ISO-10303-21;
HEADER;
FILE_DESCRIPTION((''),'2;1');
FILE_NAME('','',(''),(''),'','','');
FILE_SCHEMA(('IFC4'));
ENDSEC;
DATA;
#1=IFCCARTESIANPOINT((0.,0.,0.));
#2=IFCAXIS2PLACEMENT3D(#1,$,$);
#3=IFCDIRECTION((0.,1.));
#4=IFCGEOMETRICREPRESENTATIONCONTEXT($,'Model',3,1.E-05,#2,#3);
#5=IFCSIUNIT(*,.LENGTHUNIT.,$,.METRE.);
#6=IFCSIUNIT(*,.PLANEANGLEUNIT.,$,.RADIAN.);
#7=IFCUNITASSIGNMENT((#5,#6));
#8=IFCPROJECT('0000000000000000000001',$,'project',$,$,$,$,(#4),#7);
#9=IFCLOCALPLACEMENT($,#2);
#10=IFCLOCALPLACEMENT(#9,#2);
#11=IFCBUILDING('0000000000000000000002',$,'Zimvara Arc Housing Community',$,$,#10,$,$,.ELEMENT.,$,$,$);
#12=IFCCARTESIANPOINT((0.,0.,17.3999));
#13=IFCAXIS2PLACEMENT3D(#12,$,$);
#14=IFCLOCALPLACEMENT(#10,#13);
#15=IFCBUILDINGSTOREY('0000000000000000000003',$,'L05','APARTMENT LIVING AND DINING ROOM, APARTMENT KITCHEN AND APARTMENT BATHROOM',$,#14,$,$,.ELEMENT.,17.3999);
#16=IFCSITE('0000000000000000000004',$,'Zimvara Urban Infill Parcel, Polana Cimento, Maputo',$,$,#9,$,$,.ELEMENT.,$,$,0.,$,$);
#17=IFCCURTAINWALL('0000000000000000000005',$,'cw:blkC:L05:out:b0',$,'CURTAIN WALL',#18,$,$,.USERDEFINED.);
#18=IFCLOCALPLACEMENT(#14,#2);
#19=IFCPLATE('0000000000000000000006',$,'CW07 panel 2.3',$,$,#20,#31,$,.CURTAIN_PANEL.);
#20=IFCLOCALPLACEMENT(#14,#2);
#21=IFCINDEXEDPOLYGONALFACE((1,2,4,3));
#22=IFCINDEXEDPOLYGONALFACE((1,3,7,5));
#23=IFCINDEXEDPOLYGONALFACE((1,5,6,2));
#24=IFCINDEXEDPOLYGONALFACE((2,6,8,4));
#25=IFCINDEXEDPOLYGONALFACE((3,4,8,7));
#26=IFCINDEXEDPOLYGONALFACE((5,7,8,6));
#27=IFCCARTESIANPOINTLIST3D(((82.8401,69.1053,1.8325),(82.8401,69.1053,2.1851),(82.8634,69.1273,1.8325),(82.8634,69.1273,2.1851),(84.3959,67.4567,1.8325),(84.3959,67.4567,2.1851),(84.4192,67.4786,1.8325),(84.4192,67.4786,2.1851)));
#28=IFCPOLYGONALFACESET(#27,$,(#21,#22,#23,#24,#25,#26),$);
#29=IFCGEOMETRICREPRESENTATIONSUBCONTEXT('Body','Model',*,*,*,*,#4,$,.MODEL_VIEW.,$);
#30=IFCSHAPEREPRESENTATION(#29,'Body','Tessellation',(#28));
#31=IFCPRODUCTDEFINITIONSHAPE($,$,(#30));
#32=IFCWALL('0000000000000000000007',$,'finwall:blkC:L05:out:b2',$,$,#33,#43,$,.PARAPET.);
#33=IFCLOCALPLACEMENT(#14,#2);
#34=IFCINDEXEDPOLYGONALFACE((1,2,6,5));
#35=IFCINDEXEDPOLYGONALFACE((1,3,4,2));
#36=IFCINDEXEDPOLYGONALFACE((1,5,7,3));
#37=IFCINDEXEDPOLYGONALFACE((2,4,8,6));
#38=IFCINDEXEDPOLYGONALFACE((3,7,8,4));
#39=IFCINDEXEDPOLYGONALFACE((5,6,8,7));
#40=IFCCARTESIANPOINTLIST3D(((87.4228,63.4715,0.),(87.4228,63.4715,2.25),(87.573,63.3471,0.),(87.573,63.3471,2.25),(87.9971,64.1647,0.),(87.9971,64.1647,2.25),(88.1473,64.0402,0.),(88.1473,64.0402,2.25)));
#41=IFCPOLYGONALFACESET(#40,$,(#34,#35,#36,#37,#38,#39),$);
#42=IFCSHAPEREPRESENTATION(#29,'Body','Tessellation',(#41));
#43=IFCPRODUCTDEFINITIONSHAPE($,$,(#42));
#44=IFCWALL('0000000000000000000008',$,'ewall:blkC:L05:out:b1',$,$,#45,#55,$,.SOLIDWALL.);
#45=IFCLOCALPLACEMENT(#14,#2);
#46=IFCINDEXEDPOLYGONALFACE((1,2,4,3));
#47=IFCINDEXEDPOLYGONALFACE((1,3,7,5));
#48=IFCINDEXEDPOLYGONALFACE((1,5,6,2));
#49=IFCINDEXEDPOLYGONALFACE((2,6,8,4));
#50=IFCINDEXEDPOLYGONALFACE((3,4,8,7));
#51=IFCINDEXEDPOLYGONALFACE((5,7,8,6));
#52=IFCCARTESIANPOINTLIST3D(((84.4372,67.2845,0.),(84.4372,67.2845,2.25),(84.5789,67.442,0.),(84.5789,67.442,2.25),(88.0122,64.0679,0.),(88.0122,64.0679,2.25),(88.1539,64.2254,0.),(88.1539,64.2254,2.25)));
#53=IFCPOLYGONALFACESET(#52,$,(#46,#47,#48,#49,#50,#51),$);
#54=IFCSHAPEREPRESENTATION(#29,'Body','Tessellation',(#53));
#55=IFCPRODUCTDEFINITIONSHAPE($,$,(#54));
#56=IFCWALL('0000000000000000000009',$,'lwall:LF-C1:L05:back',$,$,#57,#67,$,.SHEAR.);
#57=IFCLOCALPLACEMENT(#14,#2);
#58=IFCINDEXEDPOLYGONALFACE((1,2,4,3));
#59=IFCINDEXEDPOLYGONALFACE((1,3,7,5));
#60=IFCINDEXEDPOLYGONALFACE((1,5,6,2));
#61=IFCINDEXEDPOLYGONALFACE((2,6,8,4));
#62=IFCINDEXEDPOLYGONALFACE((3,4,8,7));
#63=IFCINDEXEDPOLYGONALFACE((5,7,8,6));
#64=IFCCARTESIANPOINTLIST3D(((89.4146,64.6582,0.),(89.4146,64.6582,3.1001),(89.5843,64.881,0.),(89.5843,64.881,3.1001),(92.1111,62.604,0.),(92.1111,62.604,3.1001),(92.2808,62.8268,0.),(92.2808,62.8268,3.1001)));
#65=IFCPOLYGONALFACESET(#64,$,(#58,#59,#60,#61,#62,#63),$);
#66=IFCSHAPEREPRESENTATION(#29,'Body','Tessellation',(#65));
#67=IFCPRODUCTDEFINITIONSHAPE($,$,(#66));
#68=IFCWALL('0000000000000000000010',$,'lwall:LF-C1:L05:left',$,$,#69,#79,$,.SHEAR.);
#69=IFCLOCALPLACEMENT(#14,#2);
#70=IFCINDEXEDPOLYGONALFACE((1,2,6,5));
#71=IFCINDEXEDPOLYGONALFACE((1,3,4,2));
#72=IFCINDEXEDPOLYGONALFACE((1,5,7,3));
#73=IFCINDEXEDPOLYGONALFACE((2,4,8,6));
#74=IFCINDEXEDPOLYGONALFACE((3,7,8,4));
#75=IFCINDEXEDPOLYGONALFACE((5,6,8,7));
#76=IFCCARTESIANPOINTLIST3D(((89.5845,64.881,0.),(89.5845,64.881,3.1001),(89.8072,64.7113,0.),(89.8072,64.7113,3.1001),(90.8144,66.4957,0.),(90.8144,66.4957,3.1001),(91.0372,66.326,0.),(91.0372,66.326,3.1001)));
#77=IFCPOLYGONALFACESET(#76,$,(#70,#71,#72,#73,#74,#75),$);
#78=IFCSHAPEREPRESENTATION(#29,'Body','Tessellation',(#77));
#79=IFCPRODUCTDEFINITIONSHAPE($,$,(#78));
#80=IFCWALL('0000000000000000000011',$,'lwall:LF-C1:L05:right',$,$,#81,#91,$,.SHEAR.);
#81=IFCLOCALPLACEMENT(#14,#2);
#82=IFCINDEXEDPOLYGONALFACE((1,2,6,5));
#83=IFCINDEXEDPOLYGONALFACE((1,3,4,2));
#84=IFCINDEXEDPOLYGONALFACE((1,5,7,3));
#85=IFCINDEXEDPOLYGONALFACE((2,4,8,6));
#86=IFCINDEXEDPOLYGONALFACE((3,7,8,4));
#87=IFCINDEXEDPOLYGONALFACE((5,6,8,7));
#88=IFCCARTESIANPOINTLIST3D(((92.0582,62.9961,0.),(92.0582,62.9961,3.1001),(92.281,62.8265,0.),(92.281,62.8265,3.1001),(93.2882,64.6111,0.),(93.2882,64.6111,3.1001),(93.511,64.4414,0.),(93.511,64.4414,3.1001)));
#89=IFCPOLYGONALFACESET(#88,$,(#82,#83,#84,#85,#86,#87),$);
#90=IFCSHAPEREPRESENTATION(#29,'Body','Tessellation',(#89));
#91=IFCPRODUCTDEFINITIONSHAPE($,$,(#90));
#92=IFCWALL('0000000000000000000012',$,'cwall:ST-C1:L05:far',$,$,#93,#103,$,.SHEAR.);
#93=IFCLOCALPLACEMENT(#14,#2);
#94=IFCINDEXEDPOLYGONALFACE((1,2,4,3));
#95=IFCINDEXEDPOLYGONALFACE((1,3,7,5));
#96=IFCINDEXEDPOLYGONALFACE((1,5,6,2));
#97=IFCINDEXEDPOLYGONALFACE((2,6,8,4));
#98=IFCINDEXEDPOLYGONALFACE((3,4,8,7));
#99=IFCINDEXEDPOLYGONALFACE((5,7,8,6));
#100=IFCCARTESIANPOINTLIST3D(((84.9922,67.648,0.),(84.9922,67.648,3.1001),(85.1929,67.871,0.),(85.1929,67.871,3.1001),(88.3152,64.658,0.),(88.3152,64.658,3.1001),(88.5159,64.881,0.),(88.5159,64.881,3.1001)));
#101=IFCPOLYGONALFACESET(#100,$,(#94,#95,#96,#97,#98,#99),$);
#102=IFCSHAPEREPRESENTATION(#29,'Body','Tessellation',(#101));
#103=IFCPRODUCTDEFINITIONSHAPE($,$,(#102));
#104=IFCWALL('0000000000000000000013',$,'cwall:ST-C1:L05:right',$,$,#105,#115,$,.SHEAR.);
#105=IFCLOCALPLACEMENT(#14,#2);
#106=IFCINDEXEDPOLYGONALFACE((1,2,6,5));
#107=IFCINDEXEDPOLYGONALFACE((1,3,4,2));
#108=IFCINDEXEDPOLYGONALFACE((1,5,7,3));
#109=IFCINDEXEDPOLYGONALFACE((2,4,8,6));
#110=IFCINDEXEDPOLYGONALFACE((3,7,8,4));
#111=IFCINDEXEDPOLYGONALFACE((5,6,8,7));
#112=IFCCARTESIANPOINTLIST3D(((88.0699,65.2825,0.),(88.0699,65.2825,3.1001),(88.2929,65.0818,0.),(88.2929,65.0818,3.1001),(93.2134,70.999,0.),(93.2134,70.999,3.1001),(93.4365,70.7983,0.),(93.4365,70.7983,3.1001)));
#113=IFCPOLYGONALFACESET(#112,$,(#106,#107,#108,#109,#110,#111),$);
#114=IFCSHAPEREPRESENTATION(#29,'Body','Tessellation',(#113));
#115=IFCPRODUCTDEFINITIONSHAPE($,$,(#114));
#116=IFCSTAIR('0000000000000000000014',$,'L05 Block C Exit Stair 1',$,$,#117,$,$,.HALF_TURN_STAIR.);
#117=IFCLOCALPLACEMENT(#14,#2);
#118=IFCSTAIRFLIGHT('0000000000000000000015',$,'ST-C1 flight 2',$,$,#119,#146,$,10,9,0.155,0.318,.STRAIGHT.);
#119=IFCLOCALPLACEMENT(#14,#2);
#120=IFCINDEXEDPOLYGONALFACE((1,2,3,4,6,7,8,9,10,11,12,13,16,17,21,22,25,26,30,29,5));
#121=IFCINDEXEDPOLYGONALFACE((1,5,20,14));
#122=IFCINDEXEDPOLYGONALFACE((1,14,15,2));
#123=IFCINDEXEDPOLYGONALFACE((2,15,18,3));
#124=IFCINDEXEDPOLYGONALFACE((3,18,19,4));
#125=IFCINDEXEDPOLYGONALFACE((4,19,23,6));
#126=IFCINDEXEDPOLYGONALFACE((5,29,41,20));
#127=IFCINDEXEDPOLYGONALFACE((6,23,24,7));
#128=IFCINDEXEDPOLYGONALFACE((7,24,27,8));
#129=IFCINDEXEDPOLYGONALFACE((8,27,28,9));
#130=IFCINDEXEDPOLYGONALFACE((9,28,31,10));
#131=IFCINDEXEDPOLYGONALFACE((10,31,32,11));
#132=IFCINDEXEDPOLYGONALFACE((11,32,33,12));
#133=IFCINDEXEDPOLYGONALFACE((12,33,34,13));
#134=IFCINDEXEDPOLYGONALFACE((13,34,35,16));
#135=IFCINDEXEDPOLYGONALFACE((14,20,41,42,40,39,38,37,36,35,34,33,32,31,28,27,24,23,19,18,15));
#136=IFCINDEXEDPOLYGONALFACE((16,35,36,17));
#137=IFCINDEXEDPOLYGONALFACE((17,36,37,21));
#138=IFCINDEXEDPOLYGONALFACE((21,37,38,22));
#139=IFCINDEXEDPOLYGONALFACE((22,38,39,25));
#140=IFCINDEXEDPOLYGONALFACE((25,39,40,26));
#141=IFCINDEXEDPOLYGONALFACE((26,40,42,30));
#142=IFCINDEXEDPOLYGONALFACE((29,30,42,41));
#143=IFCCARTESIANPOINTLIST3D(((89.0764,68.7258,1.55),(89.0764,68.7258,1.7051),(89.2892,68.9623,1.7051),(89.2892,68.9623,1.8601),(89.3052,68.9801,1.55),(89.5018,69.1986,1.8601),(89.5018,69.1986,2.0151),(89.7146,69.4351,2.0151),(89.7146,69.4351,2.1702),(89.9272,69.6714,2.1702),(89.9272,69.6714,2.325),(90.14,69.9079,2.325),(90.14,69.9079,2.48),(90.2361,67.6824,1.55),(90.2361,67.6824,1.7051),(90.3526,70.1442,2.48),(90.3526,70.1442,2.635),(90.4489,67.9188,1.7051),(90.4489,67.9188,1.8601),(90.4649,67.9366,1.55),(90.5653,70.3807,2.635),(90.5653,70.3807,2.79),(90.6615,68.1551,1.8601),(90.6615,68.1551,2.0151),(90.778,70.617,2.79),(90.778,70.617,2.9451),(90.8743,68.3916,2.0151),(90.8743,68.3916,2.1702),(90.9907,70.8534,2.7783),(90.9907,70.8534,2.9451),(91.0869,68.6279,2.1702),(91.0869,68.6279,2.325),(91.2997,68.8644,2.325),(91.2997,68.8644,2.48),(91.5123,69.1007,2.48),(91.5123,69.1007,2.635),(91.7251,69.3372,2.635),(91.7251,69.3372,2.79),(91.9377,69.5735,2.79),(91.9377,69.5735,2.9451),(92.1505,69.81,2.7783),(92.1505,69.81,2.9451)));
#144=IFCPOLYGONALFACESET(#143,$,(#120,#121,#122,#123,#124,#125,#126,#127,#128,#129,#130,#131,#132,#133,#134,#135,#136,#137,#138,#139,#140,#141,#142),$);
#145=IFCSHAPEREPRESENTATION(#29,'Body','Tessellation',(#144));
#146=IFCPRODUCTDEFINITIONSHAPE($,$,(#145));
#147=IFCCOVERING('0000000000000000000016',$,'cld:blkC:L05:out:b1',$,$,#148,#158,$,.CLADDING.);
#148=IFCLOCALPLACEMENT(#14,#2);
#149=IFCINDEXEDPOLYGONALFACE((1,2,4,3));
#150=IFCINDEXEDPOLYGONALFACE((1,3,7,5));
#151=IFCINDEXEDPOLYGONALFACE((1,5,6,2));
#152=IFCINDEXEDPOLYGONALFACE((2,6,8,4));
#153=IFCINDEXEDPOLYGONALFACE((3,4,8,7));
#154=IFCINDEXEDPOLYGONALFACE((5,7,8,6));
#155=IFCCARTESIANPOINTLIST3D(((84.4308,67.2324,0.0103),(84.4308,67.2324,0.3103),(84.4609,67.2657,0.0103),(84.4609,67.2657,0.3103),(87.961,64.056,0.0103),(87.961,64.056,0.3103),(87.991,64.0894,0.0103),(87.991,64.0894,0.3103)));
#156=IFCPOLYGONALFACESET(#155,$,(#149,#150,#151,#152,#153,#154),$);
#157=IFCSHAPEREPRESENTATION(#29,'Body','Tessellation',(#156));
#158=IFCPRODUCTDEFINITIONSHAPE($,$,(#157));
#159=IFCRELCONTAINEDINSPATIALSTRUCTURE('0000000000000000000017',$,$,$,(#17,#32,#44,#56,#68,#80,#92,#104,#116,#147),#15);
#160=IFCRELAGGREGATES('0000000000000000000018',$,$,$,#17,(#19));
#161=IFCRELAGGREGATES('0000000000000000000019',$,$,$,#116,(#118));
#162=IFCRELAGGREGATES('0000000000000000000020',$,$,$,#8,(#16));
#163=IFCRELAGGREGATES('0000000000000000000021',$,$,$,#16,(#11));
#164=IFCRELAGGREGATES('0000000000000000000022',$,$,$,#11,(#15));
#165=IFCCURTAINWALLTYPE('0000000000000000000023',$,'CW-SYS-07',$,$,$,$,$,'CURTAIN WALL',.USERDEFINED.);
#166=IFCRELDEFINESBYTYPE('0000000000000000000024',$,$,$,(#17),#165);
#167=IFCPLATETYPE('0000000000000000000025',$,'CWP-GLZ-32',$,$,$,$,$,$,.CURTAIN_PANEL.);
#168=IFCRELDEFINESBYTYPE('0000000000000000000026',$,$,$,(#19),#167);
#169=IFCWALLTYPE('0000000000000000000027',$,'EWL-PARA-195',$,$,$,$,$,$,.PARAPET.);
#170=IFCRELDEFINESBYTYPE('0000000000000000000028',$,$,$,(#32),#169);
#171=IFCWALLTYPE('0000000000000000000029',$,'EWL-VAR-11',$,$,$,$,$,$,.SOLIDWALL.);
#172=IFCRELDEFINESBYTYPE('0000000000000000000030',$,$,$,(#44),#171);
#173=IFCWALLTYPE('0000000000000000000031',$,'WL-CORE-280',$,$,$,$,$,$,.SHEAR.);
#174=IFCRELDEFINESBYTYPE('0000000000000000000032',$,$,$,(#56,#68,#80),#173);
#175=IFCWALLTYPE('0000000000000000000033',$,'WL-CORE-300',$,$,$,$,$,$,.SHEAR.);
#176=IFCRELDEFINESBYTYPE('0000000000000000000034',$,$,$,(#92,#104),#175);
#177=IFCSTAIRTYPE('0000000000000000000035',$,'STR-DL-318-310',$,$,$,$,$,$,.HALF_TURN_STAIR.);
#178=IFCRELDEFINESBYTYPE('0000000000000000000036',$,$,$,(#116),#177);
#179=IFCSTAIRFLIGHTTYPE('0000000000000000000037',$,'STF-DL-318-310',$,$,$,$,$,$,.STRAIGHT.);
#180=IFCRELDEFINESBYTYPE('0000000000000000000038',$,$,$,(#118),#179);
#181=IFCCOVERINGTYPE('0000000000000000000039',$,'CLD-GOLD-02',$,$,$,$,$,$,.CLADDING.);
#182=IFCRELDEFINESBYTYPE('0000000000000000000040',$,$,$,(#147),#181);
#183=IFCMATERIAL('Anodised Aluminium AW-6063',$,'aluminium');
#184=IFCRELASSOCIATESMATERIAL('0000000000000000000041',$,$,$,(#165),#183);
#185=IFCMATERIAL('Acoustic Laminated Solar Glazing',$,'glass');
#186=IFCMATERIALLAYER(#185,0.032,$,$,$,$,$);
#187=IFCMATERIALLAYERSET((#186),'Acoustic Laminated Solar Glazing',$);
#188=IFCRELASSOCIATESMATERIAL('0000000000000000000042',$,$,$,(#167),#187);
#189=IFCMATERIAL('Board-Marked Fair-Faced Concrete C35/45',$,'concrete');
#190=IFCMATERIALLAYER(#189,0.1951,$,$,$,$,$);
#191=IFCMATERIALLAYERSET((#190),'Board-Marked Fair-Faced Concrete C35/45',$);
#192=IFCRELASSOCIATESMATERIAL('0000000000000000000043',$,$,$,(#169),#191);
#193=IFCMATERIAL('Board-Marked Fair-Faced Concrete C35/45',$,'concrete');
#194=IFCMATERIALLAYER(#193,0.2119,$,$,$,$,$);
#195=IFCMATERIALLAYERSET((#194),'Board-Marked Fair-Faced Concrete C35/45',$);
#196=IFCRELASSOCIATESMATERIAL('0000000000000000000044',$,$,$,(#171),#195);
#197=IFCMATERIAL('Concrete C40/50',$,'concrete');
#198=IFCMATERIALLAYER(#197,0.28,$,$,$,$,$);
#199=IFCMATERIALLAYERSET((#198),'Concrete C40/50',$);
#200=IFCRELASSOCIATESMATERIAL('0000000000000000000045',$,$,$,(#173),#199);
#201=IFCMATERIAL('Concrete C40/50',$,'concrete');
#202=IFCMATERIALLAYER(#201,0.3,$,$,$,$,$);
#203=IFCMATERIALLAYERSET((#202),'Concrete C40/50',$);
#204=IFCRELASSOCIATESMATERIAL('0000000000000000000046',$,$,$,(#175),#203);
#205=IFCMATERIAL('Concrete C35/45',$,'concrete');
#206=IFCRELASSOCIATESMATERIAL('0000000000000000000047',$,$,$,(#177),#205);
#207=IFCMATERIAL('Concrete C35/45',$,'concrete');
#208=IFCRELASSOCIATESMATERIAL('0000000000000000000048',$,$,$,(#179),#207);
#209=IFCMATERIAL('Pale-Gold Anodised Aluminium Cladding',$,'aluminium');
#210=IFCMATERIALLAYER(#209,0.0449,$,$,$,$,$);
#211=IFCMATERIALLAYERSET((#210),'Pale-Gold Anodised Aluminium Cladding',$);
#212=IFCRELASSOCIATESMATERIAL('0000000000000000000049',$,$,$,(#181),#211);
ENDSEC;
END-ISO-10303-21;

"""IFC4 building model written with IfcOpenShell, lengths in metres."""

from ifc_helpers import new_model, si_unit, direction, frame, frame_2d, origin, origin_2d, place, context, subcontext, project, spatial, polyline, rectangle, outline, extrude, material, layer, layer_set, type_object, element, aggregate, save


model = new_model("IFC4")

# Units and contexts
model_context = context("Model", 3, precision=1e-05, world=origin(), true_north=direction((0.0, 1.0)))
body_context = subcontext(model_context, "Body", "Model", "MODEL_VIEW")
ifc_project = project(units=[si_unit("LENGTHUNIT", "METRE"), si_unit("PLANEANGLEUNIT", "RADIAN")], contexts=[model_context])

# Site, building, storey
site_placement = place(None, origin())
site = spatial("IfcSite", under=ifc_project, at=site_placement, Name="Zimvara Urban Infill Parcel, Polana Cimento, Maputo", CompositionType="ELEMENT", RefElevation=0.0)
building_placement = place(site_placement, origin())
building = spatial("IfcBuilding", under=site, at=building_placement, Name="Zimvara Arc Housing Community", CompositionType="ELEMENT")
storey_placement = place(building_placement, frame((0.0, 0.0, 17.3999)))
storey = spatial("IfcBuildingStorey", under=building, at=storey_placement, Name="L05", Description="APARTMENT LIVING AND DINING ROOM, APARTMENT KITCHEN AND APARTMENT BATHROOM", CompositionType="ELEMENT", Elevation=17.3999)

# Curtain wall
ifc_material_1 = material(Name="Anodised Aluminium AW-6063", Category="aluminium")
curtain_wall_type_1 = type_object("IfcCurtainWallType", Name="CW-SYS-07", ElementType="CURTAIN WALL", PredefinedType="USERDEFINED", material=ifc_material_1)
curtain_wall_1_placement = place(storey_placement, origin())
curtain_wall_1 = element("IfcCurtainWall", 1, at=curtain_wall_1_placement, inside=storey, type_object=curtain_wall_type_1, Name="cw:blkC:L05:out:b0", ObjectType="CURTAIN WALL", PredefinedType="USERDEFINED")

# Plate
ifc_material_2 = material(Name="Acoustic Laminated Solar Glazing", Category="glass")
ifc_layer_1 = layer(ifc_material_2, 0.032)
ifc_layer_set_1 = layer_set([ifc_layer_1], Name="Acoustic Laminated Solar Glazing")
plate_type = type_object("IfcPlateType", Name="CWP-GLZ-32", PredefinedType="CURTAIN_PANEL", material=ifc_layer_set_1)
plate_1_placement = place(storey_placement, frame((83.6296, 68.292, 1.8325), z_axis=(0.0, 0.0, 1.0), x_axis=(0.686326, -0.727294, 0.0)))
plate_1 = element("IfcPlate", 2, at=plate_1_placement, type_object=plate_type, Name="CW07 panel 2.3", PredefinedType="CURTAIN_PANEL", context=body_context, shape_type="SweptSolid", body=[
    extrude(rectangle(XDim=2.2668, YDim=0.032, at=origin_2d()), origin(), (0.0, 0.0, 1.0), 0.3525),
])
aggregate(curtain_wall_1, [plate_1])

# Walls
ifc_material_3 = material(Name="Board-Marked Fair-Faced Concrete C35/45", Category="concrete")
ifc_layer_2 = layer(ifc_material_3, 0.1951)
ifc_layer_set_2 = layer_set([ifc_layer_2], Name="Board-Marked Fair-Faced Concrete C35/45")
wall_type_1 = type_object("IfcWallType", Name="EWL-PARA-195", PredefinedType="PARAPET", material=ifc_layer_set_2)
wall_1_placement = place(storey_placement, frame((88.0723, 64.1025, 0.0), z_axis=(0.0, 0.0, 1.0), x_axis=(-0.637967, -0.770063, 0.0)))
element("IfcWall", 3, at=wall_1_placement, inside=storey, type_object=wall_type_1, Name="finwall:blkC:L05:out:b2", PredefinedType="PARAPET", context=body_context, shape_type="SweptSolid", body=[
    extrude(rectangle(XDim=0.9001, YDim=0.1951, at=frame_2d((0.4502, 0.0))), origin(), (0.0, 0.0, 1.0), 2.25),
])
ifc_material_4 = material(Name="Board-Marked Fair-Faced Concrete C35/45", Category="concrete")
ifc_layer_3 = layer(ifc_material_4, 0.2119)
ifc_layer_set_3 = layer_set([ifc_layer_3], Name="Board-Marked Fair-Faced Concrete C35/45")
wall_type_2 = type_object("IfcWallType", Name="EWL-VAR-11", PredefinedType="SOLIDWALL", material=ifc_layer_set_3)
wall_2_placement = place(storey_placement, frame((84.5081, 67.3633, 0.0), z_axis=(0.0, 0.0, 1.0), x_axis=(0.743388, -0.668861, 0.0)))
element("IfcWall", 4, at=wall_2_placement, inside=storey, type_object=wall_type_2, Name="ewall:blkC:L05:out:b1", PredefinedType="SOLIDWALL", context=body_context, shape_type="SweptSolid", body=[
    extrude(rectangle(XDim=4.8091, YDim=0.2119, at=frame_2d((2.4045, 0.0))), origin(), (0.0, 0.0, 1.0), 2.25),
])

# Shared definitions
ifc_material_5 = material(Name="Concrete C40/50", Category="concrete")
ifc_layer_4 = layer(ifc_material_5, 0.28)
ifc_layer_set_4 = layer_set([ifc_layer_4], Name="Concrete C40/50")
wall_type_3 = type_object("IfcWallType", Name="WL-CORE-280", PredefinedType="SHEAR", material=ifc_layer_set_4)

# Walls
wall_3_placement = place(storey_placement, frame((89.4995, 64.7695, 0.0), z_axis=(0.0, 0.0, 1.0), x_axis=(0.795475, -0.605987, 0.0)))
element("IfcWall", 5, at=wall_3_placement, inside=storey, type_object=wall_type_3, Name="lwall:LF-C1:L05:back", PredefinedType="SHEAR", context=body_context, shape_type="SweptSolid", body=[
    extrude(rectangle(XDim=3.3899, YDim=0.28, at=frame_2d((1.6948, 0.0))), origin(), (0.0, 0.0, 1.0), 3.1001),
])
wall_4_placement = place(storey_placement, frame((90.9258, 66.4109, 0.0), z_axis=(0.0, 0.0, 1.0), x_axis=(-0.605949, -0.795504, 0.0)))
element("IfcWall", 6, at=wall_4_placement, inside=storey, type_object=wall_type_3, Name="lwall:LF-C1:L05:left", PredefinedType="SHEAR", context=body_context, shape_type="SweptSolid", body=[
    extrude(rectangle(XDim=2.0298, YDim=0.28, at=frame_2d((1.0149, 0.0))), origin(), (0.0, 0.0, 1.0), 3.1001),
])
wall_5_placement = place(storey_placement, frame((93.3997, 64.5264, 0.0), z_axis=(0.0, 0.0, 1.0), x_axis=(-0.605891, -0.795548, 0.0)))
element("IfcWall", 7, at=wall_5_placement, inside=storey, type_object=wall_type_3, Name="lwall:LF-C1:L05:right", PredefinedType="SHEAR", context=body_context, shape_type="SweptSolid", body=[
    extrude(rectangle(XDim=2.03, YDim=0.28, at=frame_2d((1.0151, 0.0))), origin(), (0.0, 0.0, 1.0), 3.1001),
])
ifc_material_6 = material(Name="Concrete C40/50", Category="concrete")
ifc_layer_5 = layer(ifc_material_6, 0.3)
ifc_layer_set_5 = layer_set([ifc_layer_5], Name="Concrete C40/50")
wall_type_4 = type_object("IfcWallType", Name="WL-CORE-300", PredefinedType="SHEAR", material=ifc_layer_set_5)
wall_6_placement = place(storey_placement, frame((85.0925, 67.7595, 0.0), z_axis=(0.0, 0.0, 1.0), x_axis=(0.743373, -0.668877, 0.0)))
element("IfcWall", 8, at=wall_6_placement, inside=storey, type_object=wall_type_4, Name="cwall:ST-C1:L05:far", PredefinedType="SHEAR", context=body_context, shape_type="SweptSolid", body=[
    extrude(rectangle(XDim=4.4702, YDim=0.3, at=frame_2d((2.2351, 0.0))), origin(), (0.0, 0.0, 1.0), 3.1001),
])
wall_7_placement = place(storey_placement, frame((93.325, 70.8987, 0.0), z_axis=(0.0, 0.0, 1.0), x_axis=(-0.668868, -0.743381, 0.0)))
element("IfcWall", 9, at=wall_7_placement, inside=storey, type_object=wall_type_4, Name="cwall:ST-C1:L05:right", PredefinedType="SHEAR", context=body_context, shape_type="SweptSolid", body=[
    extrude(rectangle(XDim=7.6899, YDim=0.3, at=frame_2d((3.845, 0.0))), origin(), (0.0, 0.0, 1.0), 3.1001),
])

# Stair, stair flight
ifc_material_7 = material(Name="Concrete C35/45", Category="concrete")
stair_type = type_object("IfcStairType", Name="STR-DL-318-310", PredefinedType="HALF_TURN_STAIR", material=ifc_material_7)
stair_placement = place(storey_placement, origin())
stair = element("IfcStair", 10, at=stair_placement, inside=storey, type_object=stair_type, Name="L05 Block C Exit Stair 1", PredefinedType="HALF_TURN_STAIR")
ifc_material_8 = material(Name="Concrete C35/45", Category="concrete")
stair_flight_type = type_object("IfcStairFlightType", Name="STF-DL-318-310", PredefinedType="STRAIGHT", material=ifc_material_8)
stair_flight_placement = place(storey_placement, frame((89.6562, 68.2041, 1.55), z_axis=(0.0, 0.0, 1.0), x_axis=(0.668871, 0.743378, 0.0)))
stair_flight = element("IfcStairFlight", 11, at=stair_flight_placement, type_object=stair_flight_type, Name="ST-C1 flight 2", NumberOfRisers=10, NumberOfTreads=9, PredefinedType="STRAIGHT", RiserHeight=0.155, TreadLength=0.318, context=body_context, shape_type="SweptSolid", body=[
    extrude(outline(polyline([(0.0, 0.0), (0.0, 0.155), (0.3181, 0.155), (0.3181, 0.3101), (0.636, 0.3101), (0.636, 0.4651), (0.9541, 0.4651), (0.9541, 0.6201), (1.272, 0.6201), (1.272, 0.7749), (1.5901, 0.7749), (1.5901, 0.9299), (1.908, 0.9299), (1.908, 1.085), (2.2261, 1.085), (2.2261, 1.24), (2.5439, 1.24), (2.5439, 1.395), (2.8621, 1.395), (2.8621, 1.55), (2.8621, 1.2283), (0.342, 0.0), (0.0, 0.0)])), frame((0.0, 0.78, 0.0), z_axis=(0.0, -1.0, 0.0), x_axis=(1.0, 0.0, 0.0)), (0.0, 0.0, 1.0), 1.5601),
])
aggregate(stair, [stair_flight])

# Covering
ifc_material_9 = material(Name="Pale-Gold Anodised Aluminium Cladding", Category="aluminium")
ifc_layer_6 = layer(ifc_material_9, 0.0449)
ifc_layer_set_6 = layer_set([ifc_layer_6], Name="Pale-Gold Anodised Aluminium Cladding")
covering_type = type_object("IfcCoveringType", Name="CLD-GOLD-02", PredefinedType="CLADDING", material=ifc_layer_set_6)
covering_placement = place(storey_placement, frame((86.2109, 65.6609, 0.0103), z_axis=(0.0, 0.0, 1.0), x_axis=(0.743377, -0.668872, 0.0)))
element("IfcCovering", 12, at=covering_placement, inside=storey, type_object=covering_type, Name="cld:blkC:L05:out:b1", PredefinedType="CLADDING", context=body_context, shape_type="SweptSolid", body=[
    extrude(rectangle(XDim=4.7488, YDim=0.0449, at=origin_2d()), origin(), (0.0, 0.0, 1.0), 0.3),
])

save(model, "model.ifc")
